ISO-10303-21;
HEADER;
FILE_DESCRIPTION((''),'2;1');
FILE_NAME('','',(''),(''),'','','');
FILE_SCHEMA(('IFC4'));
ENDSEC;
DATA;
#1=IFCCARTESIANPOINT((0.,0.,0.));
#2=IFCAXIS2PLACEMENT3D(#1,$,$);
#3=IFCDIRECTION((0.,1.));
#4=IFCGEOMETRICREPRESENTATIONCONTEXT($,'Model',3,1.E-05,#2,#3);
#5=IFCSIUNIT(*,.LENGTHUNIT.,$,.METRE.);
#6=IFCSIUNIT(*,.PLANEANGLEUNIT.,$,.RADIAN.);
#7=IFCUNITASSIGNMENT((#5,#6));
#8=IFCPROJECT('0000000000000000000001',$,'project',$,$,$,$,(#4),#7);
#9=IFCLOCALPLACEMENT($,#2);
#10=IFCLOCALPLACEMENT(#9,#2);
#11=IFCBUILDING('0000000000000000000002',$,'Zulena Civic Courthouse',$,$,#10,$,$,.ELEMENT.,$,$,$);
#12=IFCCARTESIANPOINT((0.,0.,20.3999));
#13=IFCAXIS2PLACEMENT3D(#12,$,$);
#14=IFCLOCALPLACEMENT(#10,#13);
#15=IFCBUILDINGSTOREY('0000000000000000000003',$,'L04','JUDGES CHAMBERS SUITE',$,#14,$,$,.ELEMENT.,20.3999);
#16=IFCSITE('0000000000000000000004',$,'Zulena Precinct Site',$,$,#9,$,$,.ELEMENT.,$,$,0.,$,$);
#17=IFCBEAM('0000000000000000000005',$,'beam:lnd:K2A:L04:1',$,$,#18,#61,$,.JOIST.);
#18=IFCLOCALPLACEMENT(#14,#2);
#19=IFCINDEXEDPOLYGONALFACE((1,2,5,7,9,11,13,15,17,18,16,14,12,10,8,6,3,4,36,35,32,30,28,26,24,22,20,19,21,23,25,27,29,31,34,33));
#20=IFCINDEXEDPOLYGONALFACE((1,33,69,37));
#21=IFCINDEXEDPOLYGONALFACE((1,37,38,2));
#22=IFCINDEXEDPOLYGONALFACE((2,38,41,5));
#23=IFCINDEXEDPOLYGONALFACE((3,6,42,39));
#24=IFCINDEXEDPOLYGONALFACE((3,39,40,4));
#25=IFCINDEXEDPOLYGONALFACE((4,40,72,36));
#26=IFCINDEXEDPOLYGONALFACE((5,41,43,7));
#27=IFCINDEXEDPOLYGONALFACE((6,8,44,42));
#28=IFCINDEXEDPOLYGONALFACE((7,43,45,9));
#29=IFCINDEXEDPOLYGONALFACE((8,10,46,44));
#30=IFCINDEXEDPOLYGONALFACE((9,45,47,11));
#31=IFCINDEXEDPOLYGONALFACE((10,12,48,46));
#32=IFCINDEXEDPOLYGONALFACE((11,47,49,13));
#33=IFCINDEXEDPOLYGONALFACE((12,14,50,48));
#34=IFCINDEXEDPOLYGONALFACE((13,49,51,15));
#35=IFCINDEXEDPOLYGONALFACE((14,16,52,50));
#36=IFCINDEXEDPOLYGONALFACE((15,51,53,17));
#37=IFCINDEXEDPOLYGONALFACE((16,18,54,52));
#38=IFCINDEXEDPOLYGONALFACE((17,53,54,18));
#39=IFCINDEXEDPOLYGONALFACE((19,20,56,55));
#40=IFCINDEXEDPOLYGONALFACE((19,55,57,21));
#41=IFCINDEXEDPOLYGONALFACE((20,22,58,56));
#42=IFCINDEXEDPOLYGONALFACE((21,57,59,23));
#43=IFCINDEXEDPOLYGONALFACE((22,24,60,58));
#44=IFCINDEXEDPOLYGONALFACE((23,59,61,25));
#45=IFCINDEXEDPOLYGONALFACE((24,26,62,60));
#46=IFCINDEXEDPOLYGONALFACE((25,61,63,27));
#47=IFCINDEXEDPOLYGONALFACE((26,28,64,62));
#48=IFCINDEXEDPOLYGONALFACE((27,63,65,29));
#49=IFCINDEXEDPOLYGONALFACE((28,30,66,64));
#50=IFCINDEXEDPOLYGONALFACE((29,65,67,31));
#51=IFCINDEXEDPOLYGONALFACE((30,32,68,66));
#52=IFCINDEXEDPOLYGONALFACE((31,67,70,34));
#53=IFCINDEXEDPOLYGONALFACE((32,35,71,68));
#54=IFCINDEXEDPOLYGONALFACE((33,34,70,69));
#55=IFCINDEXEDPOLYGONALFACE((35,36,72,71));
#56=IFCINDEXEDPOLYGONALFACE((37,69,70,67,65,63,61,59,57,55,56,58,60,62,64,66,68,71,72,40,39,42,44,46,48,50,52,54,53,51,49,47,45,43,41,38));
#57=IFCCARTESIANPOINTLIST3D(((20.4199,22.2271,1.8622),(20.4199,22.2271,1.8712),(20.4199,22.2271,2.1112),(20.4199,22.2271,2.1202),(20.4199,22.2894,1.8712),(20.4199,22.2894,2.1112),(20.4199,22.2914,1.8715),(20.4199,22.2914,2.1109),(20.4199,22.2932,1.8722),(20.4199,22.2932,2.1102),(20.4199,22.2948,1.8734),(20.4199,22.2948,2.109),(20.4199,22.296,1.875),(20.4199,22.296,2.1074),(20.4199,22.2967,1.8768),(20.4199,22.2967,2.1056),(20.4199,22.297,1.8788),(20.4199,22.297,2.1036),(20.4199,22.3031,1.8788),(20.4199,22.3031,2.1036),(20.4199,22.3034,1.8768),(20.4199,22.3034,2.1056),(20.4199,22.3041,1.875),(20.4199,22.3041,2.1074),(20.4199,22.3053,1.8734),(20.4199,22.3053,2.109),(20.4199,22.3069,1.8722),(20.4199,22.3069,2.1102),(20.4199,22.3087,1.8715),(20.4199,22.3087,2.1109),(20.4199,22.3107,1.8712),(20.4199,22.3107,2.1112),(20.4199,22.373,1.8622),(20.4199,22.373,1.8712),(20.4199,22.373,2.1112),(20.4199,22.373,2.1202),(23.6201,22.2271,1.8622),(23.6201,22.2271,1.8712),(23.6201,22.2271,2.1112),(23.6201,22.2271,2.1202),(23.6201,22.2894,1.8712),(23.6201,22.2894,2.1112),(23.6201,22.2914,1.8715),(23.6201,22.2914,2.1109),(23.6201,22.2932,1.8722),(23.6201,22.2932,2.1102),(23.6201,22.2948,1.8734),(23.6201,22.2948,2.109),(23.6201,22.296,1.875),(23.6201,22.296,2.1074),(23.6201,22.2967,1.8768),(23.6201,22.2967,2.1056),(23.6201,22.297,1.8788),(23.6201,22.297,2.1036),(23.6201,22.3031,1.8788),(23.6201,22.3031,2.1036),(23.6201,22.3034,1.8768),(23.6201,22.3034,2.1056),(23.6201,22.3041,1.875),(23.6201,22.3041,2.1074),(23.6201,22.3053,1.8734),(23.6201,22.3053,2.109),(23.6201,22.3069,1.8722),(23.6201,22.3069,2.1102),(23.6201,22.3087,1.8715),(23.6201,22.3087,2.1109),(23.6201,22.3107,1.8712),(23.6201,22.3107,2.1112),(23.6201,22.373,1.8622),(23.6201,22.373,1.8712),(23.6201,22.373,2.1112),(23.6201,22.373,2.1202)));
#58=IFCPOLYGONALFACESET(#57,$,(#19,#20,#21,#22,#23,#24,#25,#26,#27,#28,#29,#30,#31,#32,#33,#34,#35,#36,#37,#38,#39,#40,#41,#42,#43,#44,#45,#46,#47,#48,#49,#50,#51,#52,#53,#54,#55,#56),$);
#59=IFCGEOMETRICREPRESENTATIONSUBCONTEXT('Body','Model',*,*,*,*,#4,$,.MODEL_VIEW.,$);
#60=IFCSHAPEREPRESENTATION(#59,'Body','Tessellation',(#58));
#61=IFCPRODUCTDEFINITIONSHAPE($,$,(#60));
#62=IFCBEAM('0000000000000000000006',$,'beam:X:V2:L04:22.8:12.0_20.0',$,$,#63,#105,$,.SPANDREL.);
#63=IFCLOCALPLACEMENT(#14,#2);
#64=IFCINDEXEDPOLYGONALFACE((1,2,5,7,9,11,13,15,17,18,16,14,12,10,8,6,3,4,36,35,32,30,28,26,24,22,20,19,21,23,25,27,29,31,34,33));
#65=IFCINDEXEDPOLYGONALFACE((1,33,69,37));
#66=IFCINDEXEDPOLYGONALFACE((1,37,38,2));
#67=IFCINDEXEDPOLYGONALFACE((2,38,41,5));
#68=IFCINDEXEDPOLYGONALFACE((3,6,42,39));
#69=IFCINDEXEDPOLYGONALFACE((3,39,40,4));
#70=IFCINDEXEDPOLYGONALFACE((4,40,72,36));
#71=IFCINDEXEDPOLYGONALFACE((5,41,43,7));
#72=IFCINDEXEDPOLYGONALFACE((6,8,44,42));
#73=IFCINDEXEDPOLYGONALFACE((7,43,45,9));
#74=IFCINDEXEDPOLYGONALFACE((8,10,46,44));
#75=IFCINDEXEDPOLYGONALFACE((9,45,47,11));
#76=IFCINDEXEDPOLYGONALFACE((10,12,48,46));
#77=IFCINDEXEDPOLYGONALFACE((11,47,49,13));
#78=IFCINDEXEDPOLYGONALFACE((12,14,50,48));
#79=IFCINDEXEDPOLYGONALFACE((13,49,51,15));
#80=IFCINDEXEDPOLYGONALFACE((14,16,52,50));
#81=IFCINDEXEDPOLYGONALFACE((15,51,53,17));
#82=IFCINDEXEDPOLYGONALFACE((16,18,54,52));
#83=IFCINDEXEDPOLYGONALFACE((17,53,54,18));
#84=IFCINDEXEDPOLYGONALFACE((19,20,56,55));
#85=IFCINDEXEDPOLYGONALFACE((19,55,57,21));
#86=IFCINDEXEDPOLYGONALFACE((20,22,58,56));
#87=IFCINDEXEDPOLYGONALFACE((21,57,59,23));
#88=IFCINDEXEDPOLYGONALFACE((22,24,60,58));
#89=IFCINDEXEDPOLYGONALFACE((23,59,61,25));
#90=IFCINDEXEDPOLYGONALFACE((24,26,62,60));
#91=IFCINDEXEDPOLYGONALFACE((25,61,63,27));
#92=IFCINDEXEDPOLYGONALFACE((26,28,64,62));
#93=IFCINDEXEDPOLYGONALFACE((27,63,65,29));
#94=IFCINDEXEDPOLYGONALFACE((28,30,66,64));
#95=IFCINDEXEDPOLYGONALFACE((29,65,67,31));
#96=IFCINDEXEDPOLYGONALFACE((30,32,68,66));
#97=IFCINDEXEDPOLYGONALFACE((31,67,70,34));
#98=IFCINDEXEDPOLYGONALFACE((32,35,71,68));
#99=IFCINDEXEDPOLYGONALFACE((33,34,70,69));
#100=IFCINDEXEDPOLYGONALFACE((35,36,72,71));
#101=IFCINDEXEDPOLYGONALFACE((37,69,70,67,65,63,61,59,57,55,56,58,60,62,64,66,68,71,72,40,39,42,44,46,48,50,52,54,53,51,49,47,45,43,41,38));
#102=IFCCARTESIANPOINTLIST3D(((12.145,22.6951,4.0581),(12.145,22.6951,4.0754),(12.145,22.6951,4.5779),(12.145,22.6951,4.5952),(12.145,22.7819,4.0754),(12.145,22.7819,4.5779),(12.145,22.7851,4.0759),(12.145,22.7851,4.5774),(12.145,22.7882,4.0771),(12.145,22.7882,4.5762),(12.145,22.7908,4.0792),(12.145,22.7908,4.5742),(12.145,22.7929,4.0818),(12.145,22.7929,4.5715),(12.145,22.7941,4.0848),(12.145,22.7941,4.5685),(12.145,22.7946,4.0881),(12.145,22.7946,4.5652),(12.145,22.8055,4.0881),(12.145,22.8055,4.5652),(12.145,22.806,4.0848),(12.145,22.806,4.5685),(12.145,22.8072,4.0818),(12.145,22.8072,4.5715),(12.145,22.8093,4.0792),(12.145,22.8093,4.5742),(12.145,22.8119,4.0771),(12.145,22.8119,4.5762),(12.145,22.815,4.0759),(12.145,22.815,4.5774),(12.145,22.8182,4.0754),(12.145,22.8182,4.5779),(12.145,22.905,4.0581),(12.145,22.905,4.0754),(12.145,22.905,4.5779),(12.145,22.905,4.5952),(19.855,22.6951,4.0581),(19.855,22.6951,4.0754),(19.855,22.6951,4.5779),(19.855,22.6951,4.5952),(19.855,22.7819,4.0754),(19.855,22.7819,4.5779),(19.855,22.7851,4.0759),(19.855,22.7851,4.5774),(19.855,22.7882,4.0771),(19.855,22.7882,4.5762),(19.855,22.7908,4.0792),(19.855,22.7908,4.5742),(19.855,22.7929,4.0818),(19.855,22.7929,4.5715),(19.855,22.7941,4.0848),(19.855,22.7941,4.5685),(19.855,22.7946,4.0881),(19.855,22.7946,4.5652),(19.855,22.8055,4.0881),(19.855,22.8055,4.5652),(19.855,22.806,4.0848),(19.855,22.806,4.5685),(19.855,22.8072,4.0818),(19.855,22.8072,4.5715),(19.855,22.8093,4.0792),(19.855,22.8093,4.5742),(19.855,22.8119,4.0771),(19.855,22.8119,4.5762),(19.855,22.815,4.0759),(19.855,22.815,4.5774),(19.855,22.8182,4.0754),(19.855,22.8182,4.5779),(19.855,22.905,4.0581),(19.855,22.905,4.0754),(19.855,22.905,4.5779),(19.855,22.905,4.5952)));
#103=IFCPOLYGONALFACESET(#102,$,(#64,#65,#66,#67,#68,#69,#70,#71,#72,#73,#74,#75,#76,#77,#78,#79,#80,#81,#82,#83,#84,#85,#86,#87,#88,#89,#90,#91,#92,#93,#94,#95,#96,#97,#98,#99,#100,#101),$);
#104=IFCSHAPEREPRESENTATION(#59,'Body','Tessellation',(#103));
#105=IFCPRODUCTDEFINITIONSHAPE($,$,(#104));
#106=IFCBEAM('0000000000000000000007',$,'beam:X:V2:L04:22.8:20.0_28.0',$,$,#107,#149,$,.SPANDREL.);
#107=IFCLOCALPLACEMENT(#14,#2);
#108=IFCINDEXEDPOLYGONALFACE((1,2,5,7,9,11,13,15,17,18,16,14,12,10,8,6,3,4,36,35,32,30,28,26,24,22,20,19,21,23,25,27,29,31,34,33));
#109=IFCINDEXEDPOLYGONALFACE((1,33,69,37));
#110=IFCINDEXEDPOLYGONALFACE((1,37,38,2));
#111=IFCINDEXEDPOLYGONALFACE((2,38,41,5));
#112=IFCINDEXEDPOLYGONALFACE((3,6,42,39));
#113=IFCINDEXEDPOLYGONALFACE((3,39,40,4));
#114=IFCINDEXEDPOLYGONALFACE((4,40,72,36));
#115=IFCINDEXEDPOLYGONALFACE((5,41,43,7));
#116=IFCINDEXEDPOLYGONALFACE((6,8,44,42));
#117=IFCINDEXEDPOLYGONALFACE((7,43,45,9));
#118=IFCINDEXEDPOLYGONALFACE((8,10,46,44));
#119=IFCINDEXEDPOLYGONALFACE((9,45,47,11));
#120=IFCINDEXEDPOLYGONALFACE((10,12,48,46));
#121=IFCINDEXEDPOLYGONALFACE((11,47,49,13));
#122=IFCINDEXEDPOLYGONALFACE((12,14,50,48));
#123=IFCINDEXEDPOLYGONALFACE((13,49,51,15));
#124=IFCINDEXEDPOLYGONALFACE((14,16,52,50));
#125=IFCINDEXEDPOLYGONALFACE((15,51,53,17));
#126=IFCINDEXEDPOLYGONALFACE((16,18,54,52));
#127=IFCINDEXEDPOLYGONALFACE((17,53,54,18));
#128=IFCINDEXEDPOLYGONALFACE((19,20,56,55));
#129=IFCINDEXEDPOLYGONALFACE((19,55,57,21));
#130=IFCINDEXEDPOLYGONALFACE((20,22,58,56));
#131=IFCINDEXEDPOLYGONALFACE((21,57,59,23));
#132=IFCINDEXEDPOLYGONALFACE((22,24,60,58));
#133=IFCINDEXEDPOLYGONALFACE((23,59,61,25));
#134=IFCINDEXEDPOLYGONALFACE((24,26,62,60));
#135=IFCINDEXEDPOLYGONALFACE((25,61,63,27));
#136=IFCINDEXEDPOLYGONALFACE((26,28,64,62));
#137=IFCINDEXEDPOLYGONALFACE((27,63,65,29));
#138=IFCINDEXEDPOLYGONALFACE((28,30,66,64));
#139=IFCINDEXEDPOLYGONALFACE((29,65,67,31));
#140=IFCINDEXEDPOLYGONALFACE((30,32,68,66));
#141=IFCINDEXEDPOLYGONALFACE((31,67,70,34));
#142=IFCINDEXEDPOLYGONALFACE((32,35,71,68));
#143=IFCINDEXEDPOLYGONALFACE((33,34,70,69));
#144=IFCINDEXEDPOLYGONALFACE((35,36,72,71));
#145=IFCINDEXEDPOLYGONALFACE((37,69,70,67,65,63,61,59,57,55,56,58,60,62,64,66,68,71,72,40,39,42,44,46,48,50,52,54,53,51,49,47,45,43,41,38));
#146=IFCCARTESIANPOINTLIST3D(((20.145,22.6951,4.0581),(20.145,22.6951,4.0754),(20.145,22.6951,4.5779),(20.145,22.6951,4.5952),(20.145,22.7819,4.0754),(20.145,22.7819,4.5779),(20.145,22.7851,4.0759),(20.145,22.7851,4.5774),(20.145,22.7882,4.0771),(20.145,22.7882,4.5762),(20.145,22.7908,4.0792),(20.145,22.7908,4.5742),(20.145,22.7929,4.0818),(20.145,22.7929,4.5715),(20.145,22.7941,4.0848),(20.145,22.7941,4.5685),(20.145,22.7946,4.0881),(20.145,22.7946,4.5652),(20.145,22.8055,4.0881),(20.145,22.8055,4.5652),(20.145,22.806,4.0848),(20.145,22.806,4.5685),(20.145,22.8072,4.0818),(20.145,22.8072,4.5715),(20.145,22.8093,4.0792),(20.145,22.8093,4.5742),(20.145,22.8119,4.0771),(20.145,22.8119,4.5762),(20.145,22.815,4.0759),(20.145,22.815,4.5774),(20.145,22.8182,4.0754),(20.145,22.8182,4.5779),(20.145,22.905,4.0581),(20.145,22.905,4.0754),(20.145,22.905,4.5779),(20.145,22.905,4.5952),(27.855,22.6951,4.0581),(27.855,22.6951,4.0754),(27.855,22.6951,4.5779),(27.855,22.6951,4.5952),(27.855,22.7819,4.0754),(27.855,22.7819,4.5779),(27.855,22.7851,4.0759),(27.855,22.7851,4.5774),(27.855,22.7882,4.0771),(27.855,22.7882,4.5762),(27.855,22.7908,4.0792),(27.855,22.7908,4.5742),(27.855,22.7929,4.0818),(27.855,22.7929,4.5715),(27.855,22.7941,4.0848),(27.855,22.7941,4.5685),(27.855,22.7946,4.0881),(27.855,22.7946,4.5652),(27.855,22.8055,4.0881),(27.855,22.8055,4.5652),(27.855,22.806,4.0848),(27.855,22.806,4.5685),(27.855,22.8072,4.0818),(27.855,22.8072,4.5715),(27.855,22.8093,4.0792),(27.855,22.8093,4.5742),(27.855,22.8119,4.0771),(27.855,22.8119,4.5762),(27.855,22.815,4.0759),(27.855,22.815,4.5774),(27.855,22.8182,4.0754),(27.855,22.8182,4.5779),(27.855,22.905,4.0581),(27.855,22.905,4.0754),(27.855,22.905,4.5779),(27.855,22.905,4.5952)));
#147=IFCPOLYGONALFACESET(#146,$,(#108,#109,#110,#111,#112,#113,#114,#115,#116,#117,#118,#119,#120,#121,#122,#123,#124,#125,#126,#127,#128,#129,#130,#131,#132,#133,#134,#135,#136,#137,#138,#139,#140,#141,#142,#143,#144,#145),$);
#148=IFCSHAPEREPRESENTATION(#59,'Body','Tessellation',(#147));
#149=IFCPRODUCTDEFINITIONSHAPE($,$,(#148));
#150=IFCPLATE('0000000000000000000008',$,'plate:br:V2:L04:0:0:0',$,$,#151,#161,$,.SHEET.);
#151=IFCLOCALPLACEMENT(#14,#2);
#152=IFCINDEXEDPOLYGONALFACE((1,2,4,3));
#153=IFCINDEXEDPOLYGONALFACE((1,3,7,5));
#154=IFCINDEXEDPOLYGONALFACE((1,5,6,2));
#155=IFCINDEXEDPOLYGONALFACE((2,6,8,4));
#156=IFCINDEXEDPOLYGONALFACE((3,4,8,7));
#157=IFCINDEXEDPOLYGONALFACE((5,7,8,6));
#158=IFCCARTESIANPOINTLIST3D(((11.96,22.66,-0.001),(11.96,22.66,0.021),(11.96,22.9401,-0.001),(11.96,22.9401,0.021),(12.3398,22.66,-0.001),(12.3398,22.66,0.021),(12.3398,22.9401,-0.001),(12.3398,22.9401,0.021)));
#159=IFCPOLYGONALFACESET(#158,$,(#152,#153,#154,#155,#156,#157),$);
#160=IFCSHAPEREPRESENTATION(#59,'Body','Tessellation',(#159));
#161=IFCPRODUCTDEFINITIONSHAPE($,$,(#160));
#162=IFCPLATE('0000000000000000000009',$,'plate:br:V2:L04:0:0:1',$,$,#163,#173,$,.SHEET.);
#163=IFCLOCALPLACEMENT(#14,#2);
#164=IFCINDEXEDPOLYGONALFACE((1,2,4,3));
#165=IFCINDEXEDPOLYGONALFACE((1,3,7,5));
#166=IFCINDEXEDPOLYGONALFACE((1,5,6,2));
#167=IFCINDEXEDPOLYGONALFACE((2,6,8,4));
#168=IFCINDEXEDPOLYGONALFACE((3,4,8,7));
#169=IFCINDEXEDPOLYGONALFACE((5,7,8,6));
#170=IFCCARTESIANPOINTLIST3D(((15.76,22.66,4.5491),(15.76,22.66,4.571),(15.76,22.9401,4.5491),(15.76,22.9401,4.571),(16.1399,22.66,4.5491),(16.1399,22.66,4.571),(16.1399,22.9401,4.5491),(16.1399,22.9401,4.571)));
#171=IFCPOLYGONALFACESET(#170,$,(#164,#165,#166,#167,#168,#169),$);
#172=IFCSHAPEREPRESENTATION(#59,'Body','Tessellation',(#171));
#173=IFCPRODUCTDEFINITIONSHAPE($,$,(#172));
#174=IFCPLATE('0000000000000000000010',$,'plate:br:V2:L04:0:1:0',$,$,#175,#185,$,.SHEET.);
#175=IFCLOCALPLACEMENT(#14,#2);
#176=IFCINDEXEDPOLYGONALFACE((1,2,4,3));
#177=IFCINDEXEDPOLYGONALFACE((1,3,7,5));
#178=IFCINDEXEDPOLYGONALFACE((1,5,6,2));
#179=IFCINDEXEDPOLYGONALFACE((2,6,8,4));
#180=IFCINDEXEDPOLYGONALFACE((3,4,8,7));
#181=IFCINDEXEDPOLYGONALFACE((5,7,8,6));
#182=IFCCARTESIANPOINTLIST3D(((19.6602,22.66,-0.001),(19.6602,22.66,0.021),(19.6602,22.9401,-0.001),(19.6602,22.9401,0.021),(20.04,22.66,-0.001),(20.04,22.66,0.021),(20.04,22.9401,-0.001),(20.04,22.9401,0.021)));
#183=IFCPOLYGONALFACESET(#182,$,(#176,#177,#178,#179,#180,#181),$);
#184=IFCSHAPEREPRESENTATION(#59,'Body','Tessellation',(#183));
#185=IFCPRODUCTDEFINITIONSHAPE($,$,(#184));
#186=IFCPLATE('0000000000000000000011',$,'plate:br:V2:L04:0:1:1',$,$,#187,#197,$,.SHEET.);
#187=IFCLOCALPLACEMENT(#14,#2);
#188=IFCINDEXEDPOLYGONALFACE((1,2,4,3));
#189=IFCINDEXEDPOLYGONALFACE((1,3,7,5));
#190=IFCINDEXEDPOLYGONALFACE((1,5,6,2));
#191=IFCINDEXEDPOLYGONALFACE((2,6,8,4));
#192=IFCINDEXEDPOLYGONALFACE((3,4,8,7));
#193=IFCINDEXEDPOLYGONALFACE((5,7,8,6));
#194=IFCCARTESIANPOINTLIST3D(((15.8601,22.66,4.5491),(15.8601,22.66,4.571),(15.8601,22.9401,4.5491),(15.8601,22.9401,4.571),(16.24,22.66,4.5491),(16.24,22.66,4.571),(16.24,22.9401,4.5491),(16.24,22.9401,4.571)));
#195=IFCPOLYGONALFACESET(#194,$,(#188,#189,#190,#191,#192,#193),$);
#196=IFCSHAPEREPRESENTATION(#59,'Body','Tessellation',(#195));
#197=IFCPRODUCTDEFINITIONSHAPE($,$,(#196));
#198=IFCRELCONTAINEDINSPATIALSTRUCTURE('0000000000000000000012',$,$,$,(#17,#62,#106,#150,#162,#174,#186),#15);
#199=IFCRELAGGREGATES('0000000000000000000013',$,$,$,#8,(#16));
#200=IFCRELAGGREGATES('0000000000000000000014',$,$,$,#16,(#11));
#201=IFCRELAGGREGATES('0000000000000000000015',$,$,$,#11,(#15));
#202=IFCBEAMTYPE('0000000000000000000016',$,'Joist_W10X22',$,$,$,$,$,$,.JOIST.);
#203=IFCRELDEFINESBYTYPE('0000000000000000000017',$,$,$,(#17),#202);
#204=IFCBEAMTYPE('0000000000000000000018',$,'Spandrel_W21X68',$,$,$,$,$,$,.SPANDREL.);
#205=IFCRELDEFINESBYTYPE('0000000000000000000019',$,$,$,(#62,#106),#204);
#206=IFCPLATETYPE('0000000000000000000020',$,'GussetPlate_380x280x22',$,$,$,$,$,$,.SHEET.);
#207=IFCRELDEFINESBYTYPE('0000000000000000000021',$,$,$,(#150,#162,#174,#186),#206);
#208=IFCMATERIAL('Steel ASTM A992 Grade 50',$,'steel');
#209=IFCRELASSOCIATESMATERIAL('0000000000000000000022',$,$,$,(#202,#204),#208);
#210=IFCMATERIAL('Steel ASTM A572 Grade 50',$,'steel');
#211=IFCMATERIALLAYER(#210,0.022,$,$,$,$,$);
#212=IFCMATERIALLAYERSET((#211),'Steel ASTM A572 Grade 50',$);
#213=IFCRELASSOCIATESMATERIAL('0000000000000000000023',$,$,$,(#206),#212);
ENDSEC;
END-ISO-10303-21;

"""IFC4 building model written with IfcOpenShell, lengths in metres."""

from ifc_helpers import new_model, si_unit, direction, frame, origin, origin_2d, place, context, subcontext, project, spatial, rectangle, i_section, extrude, material, layer, layer_set, material_profile, profile_set, type_object, element, save


model = new_model("IFC4")

# Units and contexts
model_context = context("Model", 3, precision=1e-05, world=origin(), true_north=direction((0.0, 1.0)))
body_context = subcontext(model_context, "Body", "Model", "MODEL_VIEW")
ifc_project = project(units=[si_unit("LENGTHUNIT", "METRE"), si_unit("PLANEANGLEUNIT", "RADIAN")], contexts=[model_context])

# Site, building, storey
site_placement = place(None, origin())
site = spatial("IfcSite", under=ifc_project, at=site_placement, Name="Zulena Precinct Site", CompositionType="ELEMENT", RefElevation=0.0)
building_placement = place(site_placement, origin())
building = spatial("IfcBuilding", under=site, at=building_placement, Name="Zulena Civic Courthouse", CompositionType="ELEMENT")
storey_placement = place(building_placement, frame((0.0, 0.0, 20.3999)))
storey = spatial("IfcBuildingStorey", under=building, at=storey_placement, Name="L04", Description="JUDGES CHAMBERS SUITE", CompositionType="ELEMENT", Elevation=20.3999)

# Shared definitions
ifc_material_1 = material(Name="Steel ASTM A992 Grade 50", Category="steel")

# Beams
ifc_material_profile_1 = material_profile(ifc_material_1, i_section(OverallWidth=0.146, OverallDepth=0.2581, WebThickness=0.0061, FlangeThickness=0.009, FilletRadius=0.0076, at=origin_2d()), Name="W10X22")
ifc_profile_set_1 = profile_set([ifc_material_profile_1], Name="Steel ASTM A992 Grade 50")
beam_type_1 = type_object("IfcBeamType", Name="Joist_W10X22", PredefinedType="JOIST", material=ifc_profile_set_1)
for number, where, z_axis, x_axis, name in (
    (1, (20.4199, 22.3, 1.9912), (1.0, 0.0, 0.0), (0.0, 1.0, 0.0), "beam:lnd:K2A:L04:1"),
):
    element("IfcBeam", number, at=place(storey_placement, frame(where, z_axis=z_axis, x_axis=x_axis)), inside=storey, type_object=beam_type_1, Name=name, PredefinedType="JOIST", context=body_context, shape_type="SweptSolid", body=[
        extrude(i_section(OverallWidth=0.146, OverallDepth=0.2581, WebThickness=0.0061, FlangeThickness=0.009, FilletRadius=0.0076, at=origin_2d()), origin(), (0.0, 0.0, 1.0), 3.2002),
    ])
ifc_material_profile_2 = material_profile(ifc_material_1, i_section(OverallWidth=0.21, OverallDepth=0.5371, WebThickness=0.011, FlangeThickness=0.0173, FilletRadius=0.0127, at=origin_2d()), Name="W21X68")
ifc_profile_set_2 = profile_set([ifc_material_profile_2], Name="Steel ASTM A992 Grade 50")
beam_type_2 = type_object("IfcBeamType", Name="Spandrel_W21X68", PredefinedType="SPANDREL", material=ifc_profile_set_2)
for number, where, z_axis, x_axis, name in (
    (2, (12.145, 22.8, 4.3267), (1.0, 0.0, 0.0), (0.0, 1.0, 0.0), "beam:X:V2:L04:22.8:12.0_20.0"),
    (3, (20.145, 22.8, 4.3267), (1.0, 0.0, 0.0), (0.0, 1.0, 0.0), "beam:X:V2:L04:22.8:20.0_28.0"),
):
    element("IfcBeam", number, at=place(storey_placement, frame(where, z_axis=z_axis, x_axis=x_axis)), inside=storey, type_object=beam_type_2, Name=name, PredefinedType="SPANDREL", context=body_context, shape_type="SweptSolid", body=[
        extrude(i_section(OverallWidth=0.21, OverallDepth=0.5371, WebThickness=0.011, FlangeThickness=0.0173, FilletRadius=0.0127, at=origin_2d()), origin(), (0.0, 0.0, 1.0), 7.71),
    ])

# Plates
ifc_material_2 = material(Name="Steel ASTM A572 Grade 50", Category="steel")
ifc_layer_1 = layer(ifc_material_2, 0.022)
ifc_layer_set_1 = layer_set([ifc_layer_1], Name="Steel ASTM A572 Grade 50")
plate_type = type_object("IfcPlateType", Name="GussetPlate_380x280x22", PredefinedType="SHEET", material=ifc_layer_set_1)
for number, where, z_axis, x_axis, name in (
    (4, (12.1499, 22.8, -0.001), (0.0, 0.0, 1.0), (1.0, 0.0, 0.0), "plate:br:V2:L04:0:0:0"),
    (5, (15.95, 22.8, 4.5491), (0.0, 0.0, 1.0), (1.0, 0.0, 0.0), "plate:br:V2:L04:0:0:1"),
    (6, (19.8501, 22.8, -0.001), (0.0, 0.0, 1.0), (1.0, 0.0, 0.0), "plate:br:V2:L04:0:1:0"),
    (7, (16.05, 22.8, 4.5491), (0.0, 0.0, 1.0), (1.0, 0.0, 0.0), "plate:br:V2:L04:0:1:1"),
):
    element("IfcPlate", number, at=place(storey_placement, frame(where, z_axis=z_axis, x_axis=x_axis)), inside=storey, type_object=plate_type, Name=name, PredefinedType="SHEET", context=body_context, shape_type="SweptSolid", body=[
        extrude(rectangle(XDim=0.3799, YDim=0.28, at=origin_2d()), origin(), (0.0, 0.0, 1.0), 0.022),
    ])

save(model, "model.ifc")
